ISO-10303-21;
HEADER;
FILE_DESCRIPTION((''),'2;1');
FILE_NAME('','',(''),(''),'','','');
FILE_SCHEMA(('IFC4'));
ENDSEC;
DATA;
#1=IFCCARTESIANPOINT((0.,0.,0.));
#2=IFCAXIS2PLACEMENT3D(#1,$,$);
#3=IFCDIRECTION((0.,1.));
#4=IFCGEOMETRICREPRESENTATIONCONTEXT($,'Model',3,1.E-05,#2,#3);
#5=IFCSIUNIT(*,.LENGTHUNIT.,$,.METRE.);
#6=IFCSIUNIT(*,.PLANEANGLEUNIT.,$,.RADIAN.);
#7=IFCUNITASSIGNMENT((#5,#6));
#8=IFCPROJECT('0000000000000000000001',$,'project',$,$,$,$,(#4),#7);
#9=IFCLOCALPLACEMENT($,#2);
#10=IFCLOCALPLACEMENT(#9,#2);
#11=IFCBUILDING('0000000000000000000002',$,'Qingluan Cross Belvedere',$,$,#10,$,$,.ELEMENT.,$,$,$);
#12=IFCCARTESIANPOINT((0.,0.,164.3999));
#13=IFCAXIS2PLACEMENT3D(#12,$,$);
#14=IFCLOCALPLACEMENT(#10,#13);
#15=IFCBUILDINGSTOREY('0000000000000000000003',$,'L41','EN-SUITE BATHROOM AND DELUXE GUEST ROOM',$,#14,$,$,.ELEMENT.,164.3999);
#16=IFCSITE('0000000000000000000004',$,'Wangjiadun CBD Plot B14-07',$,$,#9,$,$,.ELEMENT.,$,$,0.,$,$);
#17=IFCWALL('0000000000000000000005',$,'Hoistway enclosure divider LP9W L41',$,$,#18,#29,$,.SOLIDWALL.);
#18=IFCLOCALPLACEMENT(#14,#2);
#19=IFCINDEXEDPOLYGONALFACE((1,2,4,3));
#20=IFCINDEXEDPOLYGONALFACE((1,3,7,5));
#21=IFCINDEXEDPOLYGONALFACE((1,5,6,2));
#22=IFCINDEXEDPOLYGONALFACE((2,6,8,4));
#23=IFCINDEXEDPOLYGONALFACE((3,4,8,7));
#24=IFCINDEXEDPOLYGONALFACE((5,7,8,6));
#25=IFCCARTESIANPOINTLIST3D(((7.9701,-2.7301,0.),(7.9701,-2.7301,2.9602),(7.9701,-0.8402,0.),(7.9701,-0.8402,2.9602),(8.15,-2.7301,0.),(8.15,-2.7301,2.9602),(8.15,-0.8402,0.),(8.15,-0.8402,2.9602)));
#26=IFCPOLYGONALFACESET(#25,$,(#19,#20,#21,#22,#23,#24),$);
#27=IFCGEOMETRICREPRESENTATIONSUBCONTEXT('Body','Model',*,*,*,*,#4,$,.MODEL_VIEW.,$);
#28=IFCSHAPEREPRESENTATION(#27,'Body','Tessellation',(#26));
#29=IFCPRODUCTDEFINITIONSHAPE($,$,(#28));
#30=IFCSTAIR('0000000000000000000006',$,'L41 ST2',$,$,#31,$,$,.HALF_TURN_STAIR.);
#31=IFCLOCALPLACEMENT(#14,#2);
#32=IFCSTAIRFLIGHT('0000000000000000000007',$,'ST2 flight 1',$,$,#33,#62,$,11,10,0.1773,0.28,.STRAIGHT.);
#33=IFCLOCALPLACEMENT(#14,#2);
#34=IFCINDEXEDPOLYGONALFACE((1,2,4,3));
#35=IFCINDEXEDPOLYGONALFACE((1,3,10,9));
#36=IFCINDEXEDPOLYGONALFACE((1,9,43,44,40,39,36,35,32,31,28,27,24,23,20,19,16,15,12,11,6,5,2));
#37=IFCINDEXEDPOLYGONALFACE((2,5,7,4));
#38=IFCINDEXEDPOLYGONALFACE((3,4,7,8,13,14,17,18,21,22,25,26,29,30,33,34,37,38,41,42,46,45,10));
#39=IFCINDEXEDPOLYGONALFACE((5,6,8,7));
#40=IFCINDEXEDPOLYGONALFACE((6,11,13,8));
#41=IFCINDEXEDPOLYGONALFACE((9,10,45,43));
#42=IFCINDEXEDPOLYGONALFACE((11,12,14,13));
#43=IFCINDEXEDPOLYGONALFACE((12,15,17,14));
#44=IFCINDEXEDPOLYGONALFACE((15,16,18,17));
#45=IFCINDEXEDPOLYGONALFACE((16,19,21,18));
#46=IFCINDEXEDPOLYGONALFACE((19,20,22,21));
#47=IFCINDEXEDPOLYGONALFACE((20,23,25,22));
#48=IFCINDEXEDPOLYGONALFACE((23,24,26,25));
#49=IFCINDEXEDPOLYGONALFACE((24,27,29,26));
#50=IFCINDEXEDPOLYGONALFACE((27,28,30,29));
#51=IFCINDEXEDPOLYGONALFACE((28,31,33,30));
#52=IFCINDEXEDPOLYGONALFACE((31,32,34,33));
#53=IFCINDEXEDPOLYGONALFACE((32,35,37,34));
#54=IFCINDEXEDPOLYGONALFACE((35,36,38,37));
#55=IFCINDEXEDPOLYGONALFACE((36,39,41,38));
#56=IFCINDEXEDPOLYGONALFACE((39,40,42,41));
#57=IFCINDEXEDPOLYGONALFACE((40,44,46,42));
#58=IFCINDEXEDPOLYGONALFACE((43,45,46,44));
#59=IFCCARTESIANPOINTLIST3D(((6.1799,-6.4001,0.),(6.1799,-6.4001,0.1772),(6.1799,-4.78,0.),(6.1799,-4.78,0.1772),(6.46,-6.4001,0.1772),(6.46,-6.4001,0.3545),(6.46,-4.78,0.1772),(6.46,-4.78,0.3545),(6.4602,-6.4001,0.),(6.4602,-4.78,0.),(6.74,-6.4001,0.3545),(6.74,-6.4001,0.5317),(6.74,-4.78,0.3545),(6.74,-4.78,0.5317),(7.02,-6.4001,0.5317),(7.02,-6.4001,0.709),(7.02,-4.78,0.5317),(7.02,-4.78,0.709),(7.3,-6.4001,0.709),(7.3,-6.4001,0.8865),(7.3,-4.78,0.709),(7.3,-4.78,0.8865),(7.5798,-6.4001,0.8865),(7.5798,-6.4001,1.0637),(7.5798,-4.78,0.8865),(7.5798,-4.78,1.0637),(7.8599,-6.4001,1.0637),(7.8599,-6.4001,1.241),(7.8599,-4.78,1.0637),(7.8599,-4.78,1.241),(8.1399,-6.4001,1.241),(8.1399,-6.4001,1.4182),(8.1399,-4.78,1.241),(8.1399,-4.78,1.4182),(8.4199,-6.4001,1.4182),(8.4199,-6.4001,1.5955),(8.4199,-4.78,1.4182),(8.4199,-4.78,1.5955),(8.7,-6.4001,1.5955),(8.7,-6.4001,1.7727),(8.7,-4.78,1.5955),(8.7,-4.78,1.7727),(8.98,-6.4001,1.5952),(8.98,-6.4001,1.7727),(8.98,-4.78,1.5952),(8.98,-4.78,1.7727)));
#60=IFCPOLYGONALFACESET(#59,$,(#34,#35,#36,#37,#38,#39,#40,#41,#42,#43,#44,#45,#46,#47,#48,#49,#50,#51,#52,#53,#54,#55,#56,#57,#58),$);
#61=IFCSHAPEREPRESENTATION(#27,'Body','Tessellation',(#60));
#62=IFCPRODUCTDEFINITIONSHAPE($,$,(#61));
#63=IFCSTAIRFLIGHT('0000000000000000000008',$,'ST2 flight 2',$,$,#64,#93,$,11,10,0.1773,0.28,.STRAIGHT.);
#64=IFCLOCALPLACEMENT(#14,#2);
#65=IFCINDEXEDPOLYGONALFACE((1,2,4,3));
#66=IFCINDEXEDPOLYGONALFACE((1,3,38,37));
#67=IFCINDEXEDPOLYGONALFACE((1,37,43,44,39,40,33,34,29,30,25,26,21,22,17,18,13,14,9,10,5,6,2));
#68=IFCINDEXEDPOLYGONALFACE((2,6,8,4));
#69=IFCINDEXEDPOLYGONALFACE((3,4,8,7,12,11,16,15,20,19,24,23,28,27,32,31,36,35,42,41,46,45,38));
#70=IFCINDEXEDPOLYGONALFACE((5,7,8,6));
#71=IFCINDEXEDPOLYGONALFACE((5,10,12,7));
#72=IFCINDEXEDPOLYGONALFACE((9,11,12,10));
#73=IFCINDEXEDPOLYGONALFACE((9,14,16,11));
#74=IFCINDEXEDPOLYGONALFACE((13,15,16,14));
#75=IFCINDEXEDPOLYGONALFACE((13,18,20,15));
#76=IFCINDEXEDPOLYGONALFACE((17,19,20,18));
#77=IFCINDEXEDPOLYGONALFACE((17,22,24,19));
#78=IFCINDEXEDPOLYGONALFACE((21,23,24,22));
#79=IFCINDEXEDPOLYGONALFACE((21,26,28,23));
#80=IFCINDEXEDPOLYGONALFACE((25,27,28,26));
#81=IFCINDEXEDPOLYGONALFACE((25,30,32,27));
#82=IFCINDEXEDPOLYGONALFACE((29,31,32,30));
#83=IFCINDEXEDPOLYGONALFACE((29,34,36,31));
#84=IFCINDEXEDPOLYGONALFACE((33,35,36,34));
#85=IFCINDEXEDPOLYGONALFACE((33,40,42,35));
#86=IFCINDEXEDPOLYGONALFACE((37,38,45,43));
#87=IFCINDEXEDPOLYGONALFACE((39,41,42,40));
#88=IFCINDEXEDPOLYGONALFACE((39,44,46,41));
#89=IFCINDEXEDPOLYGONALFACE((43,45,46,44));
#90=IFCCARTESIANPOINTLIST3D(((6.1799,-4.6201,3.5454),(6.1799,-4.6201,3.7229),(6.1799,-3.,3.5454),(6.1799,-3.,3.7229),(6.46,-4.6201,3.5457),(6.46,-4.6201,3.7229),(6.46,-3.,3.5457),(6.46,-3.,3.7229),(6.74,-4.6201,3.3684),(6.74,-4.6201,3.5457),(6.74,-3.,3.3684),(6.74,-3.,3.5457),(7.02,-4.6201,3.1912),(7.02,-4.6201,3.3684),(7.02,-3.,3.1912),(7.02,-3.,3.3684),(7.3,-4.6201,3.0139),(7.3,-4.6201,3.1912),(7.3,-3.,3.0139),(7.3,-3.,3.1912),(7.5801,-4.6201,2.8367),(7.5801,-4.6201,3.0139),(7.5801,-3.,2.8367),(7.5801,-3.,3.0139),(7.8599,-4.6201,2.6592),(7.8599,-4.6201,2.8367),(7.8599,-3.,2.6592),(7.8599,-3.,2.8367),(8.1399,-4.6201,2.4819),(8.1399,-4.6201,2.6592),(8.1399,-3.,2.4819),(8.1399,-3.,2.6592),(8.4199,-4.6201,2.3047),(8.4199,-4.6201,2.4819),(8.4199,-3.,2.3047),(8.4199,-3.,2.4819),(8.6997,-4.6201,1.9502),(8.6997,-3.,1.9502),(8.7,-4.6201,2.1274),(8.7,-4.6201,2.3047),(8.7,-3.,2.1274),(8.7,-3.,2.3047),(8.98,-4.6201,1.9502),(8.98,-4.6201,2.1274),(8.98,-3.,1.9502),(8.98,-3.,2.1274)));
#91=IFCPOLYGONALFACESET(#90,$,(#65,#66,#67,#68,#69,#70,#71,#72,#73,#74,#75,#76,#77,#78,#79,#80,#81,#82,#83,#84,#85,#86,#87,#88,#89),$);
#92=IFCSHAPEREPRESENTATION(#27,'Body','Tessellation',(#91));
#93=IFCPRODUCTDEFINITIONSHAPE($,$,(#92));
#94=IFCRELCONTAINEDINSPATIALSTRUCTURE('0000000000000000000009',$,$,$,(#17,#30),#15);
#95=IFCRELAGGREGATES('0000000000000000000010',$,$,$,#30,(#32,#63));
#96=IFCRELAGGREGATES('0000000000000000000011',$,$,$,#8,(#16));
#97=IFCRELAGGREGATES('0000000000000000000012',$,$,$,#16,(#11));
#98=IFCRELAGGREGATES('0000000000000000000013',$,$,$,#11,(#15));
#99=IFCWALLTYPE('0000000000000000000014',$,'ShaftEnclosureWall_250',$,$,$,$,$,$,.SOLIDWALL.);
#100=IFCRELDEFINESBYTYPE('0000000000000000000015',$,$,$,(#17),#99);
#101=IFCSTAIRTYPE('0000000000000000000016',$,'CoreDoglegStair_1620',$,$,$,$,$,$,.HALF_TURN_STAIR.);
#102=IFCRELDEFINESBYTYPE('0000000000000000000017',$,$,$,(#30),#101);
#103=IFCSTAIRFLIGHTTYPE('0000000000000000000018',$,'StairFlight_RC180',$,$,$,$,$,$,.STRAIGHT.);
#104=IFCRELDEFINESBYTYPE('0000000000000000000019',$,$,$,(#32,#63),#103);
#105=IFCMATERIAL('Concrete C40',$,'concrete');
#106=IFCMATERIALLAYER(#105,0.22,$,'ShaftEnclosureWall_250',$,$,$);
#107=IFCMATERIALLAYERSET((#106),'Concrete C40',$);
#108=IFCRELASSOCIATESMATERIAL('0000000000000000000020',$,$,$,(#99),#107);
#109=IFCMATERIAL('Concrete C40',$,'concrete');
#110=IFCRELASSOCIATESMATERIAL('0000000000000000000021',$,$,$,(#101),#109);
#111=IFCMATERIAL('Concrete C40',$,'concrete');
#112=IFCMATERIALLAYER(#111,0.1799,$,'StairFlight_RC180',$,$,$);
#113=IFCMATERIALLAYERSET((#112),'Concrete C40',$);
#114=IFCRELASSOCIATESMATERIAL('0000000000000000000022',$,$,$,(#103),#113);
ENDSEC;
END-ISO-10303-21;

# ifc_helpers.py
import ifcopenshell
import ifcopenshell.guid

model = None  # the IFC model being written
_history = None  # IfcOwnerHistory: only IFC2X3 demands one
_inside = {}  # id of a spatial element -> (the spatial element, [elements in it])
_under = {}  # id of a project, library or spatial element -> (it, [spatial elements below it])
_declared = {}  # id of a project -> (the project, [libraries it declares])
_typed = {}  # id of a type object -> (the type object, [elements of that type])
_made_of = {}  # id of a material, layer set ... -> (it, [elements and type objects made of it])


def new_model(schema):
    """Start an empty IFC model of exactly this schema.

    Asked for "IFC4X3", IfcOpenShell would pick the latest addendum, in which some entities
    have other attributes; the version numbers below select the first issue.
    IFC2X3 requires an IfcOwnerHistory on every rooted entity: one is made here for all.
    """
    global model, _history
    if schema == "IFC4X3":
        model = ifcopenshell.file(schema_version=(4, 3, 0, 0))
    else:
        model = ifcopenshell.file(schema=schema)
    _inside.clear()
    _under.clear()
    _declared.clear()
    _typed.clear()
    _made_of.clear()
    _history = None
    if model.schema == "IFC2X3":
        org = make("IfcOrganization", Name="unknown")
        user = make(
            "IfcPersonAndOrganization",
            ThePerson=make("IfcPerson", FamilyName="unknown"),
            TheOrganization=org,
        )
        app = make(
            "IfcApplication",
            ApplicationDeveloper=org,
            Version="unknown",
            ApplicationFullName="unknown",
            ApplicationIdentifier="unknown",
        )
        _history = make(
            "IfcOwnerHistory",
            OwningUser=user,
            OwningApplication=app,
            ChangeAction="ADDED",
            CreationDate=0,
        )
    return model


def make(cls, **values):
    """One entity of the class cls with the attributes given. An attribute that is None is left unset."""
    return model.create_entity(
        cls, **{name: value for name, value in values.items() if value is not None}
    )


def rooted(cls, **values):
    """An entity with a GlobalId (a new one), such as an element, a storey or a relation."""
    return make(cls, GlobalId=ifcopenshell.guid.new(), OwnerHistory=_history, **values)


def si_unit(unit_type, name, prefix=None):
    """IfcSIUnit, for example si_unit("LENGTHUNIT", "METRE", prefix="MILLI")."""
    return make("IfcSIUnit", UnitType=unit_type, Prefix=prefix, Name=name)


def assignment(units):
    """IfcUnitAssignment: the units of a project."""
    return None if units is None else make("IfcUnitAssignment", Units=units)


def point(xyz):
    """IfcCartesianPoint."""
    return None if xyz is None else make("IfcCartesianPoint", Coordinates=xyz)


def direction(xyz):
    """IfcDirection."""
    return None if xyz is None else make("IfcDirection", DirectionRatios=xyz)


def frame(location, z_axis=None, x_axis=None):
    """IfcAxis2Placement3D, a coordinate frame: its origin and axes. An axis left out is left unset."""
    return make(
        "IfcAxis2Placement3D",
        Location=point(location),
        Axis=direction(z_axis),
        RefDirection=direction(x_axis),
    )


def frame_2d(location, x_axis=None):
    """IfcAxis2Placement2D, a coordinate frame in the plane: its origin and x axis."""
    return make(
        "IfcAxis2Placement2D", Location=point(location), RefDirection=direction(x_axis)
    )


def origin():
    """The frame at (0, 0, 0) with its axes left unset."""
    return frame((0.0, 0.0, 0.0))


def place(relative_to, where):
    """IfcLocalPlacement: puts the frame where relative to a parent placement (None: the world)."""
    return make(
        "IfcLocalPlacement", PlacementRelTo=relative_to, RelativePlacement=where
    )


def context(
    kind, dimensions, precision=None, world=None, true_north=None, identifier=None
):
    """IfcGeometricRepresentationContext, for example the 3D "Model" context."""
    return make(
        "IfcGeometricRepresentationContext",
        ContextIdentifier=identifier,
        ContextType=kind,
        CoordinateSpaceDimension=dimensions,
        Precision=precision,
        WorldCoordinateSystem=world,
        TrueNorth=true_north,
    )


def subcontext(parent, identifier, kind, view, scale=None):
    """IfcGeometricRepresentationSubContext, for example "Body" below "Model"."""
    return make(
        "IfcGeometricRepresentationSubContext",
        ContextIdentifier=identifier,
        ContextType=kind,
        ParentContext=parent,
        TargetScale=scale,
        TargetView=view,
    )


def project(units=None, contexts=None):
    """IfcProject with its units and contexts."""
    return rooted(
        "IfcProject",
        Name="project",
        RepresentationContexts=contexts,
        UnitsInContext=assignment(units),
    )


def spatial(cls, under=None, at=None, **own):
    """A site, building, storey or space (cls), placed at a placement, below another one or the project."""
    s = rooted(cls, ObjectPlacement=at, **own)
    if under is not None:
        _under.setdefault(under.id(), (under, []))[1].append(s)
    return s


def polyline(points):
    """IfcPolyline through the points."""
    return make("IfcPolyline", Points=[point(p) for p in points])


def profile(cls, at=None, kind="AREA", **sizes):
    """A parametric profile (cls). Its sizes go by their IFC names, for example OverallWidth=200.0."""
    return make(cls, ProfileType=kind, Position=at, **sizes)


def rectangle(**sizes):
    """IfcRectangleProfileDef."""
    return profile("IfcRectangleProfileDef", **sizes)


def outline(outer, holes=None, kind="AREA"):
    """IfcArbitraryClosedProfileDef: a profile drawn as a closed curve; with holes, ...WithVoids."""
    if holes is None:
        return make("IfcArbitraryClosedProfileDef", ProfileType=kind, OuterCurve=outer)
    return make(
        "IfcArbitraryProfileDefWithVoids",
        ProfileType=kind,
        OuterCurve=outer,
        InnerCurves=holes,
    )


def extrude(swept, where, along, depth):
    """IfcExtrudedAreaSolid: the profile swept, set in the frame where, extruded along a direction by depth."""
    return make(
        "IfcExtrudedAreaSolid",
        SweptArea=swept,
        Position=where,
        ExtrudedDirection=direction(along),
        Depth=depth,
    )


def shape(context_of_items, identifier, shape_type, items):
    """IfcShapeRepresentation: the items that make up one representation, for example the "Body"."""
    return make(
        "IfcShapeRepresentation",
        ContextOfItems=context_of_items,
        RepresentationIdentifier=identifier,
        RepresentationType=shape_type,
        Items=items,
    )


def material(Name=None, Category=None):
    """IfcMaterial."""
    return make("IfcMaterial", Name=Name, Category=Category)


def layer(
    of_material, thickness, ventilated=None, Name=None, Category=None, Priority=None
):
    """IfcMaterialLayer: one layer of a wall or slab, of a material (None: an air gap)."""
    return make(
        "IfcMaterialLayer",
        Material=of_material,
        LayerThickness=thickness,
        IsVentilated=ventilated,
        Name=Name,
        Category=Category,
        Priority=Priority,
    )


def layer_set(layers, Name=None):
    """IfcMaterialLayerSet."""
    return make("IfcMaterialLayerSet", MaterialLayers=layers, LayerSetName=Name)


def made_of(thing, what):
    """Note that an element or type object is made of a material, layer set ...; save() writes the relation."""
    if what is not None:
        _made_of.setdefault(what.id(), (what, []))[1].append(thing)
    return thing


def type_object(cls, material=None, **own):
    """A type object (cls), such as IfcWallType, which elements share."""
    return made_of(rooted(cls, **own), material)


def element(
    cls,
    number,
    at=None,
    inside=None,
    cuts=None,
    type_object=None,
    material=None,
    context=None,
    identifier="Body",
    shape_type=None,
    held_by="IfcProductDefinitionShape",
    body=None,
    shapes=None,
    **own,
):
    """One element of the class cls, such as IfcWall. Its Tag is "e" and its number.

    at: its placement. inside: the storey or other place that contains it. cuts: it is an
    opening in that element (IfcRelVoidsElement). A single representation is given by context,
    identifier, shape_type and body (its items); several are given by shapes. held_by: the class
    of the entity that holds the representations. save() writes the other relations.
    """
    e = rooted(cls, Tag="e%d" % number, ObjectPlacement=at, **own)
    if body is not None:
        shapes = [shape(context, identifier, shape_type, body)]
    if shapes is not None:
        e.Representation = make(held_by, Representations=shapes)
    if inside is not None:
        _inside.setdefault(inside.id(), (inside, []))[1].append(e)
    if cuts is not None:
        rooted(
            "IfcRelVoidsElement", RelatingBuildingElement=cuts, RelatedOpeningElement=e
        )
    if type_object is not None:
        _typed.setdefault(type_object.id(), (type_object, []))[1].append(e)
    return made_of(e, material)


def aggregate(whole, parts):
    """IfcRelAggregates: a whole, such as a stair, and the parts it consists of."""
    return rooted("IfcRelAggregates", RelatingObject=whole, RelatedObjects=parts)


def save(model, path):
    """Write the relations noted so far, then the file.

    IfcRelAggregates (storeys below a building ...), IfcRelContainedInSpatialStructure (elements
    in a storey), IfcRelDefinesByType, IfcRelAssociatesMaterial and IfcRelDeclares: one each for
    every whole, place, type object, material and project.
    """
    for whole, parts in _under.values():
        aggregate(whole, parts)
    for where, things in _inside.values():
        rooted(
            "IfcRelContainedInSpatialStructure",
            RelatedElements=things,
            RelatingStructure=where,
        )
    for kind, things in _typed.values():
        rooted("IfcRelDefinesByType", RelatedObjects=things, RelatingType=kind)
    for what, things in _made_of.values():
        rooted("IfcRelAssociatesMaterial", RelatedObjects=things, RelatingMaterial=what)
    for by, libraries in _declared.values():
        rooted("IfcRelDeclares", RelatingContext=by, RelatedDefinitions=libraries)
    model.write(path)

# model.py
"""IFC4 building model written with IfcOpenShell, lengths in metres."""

from ifc_helpers import new_model, si_unit, direction, frame, frame_2d, origin, place, context, subcontext, project, spatial, polyline, rectangle, outline, extrude, material, layer, layer_set, type_object, element, aggregate, save


model = new_model("IFC4")

# Units and contexts
model_context = context("Model", 3, precision=1e-05, world=origin(), true_north=direction((0.0, 1.0)))
body_context = subcontext(model_context, "Body", "Model", "MODEL_VIEW")
ifc_project = project(units=[si_unit("LENGTHUNIT", "METRE"), si_unit("PLANEANGLEUNIT", "RADIAN")], contexts=[model_context])

# Site, building, storey
site_placement = place(None, origin())
site = spatial("IfcSite", under=ifc_project, at=site_placement, Name="Wangjiadun CBD Plot B14-07", CompositionType="ELEMENT", RefElevation=0.0)
building_placement = place(site_placement, origin())
building = spatial("IfcBuilding", under=site, at=building_placement, Name="Qingluan Cross Belvedere", CompositionType="ELEMENT")
storey_placement = place(building_placement, frame((0.0, 0.0, 164.3999)))
storey = spatial("IfcBuildingStorey", under=building, at=storey_placement, Name="L41", Description="EN-SUITE BATHROOM AND DELUXE GUEST ROOM", CompositionType="ELEMENT", Elevation=164.3999)

# Shared definitions
ifc_material_1 = material(Name="Concrete C40", Category="concrete")
ifc_layer_1 = layer(ifc_material_1, 0.22, Name="ShaftEnclosureWall_250")
ifc_layer_set_1 = layer_set([ifc_layer_1], Name="Concrete C40")
wall_type_1 = type_object("IfcWallType", Name="ShaftEnclosureWall_250", PredefinedType="SOLIDWALL", material=ifc_layer_set_1)

# Wall
for number, where, z_axis, x_axis, name in (
    (1, (8.0601, -2.73, 0.0), (0.0, 0.0, 1.0), (0.0, 1.0, 0.0), "Hoistway enclosure divider LP9W L41"),
):
    element("IfcWall", number, at=place(storey_placement, frame(where, z_axis=z_axis, x_axis=x_axis)), inside=storey, type_object=wall_type_1, Name=name, PredefinedType="SOLIDWALL", context=body_context, shape_type="SweptSolid", body=[
        extrude(rectangle(XDim=1.8899, YDim=0.1799, at=frame_2d((0.9448, 0.0))), origin(), (0.0, 0.0, 1.0), 2.9602),
    ])

# Stair, stair flights
ifc_material_2 = material(Name="Concrete C40", Category="concrete")
stair_type = type_object("IfcStairType", Name="CoreDoglegStair_1620", PredefinedType="HALF_TURN_STAIR", material=ifc_material_2)
stair_placement = place(storey_placement, origin())
stair = element("IfcStair", 2, at=stair_placement, inside=storey, type_object=stair_type, Name="L41 ST2", PredefinedType="HALF_TURN_STAIR")
ifc_material_3 = material(Name="Concrete C40", Category="concrete")
ifc_layer_2 = layer(ifc_material_3, 0.1799, Name="StairFlight_RC180")
ifc_layer_set_2 = layer_set([ifc_layer_2], Name="Concrete C40")
stair_flight_type = type_object("IfcStairFlightType", Name="StairFlight_RC180", PredefinedType="STRAIGHT", material=ifc_layer_set_2)
stair_flight_1_placement = place(storey_placement, frame((6.1799, -5.5901, 0.0), z_axis=(0.0, 0.0, 1.0), x_axis=(1.0, 0.0, 0.0)))
stair_flight_1 = element("IfcStairFlight", 3, at=stair_flight_1_placement, type_object=stair_flight_type, Name="ST2 flight 1", NumberOfRisers=11, NumberOfTreads=10, PredefinedType="STRAIGHT", RiserHeight=0.1773, TreadLength=0.28, context=body_context, shape_type="SweptSolid", body=[
    extrude(outline(polyline([(0.0, 0.0), (0.0, 0.1772), (0.28, 0.1772), (0.28, 0.3545), (0.5601, 0.3545), (0.5601, 0.5317), (0.8401, 0.5317), (0.8401, 0.709), (1.1201, 0.709), (1.1201, 0.8865), (1.3999, 0.8865), (1.3999, 1.0637), (1.6799, 1.0637), (1.6799, 1.241), (1.96, 1.241), (1.96, 1.4182), (2.24, 1.4182), (2.24, 1.5955), (2.52, 1.5955), (2.52, 1.7727), (2.8, 1.7727), (2.8, 1.95), (2.8, 1.5952), (0.2803, 0.0), (0.0, 0.0)])), frame((0.0, 0.8101, 0.0), z_axis=(0.0, -1.0, 0.0), x_axis=(1.0, 0.0, 0.0)), (0.0, 0.0, 1.0), 1.6201),
])
stair_flight_2_placement = place(storey_placement, frame((8.98, -3.8101, 1.9502), z_axis=(0.0, 0.0, 1.0), x_axis=(-1.0, 0.0, 0.0)))
stair_flight_2 = element("IfcStairFlight", 4, at=stair_flight_2_placement, type_object=stair_flight_type, Name="ST2 flight 2", NumberOfRisers=11, NumberOfTreads=10, PredefinedType="STRAIGHT", RiserHeight=0.1773, TreadLength=0.28, context=body_context, shape_type="SweptSolid", body=[
    extrude(outline(polyline([(0.0, 0.0), (0.0, 0.1772), (0.28, 0.1772), (0.28, 0.3545), (0.5601, 0.3545), (0.5601, 0.5317), (0.8401, 0.5317), (0.8401, 0.709), (1.1201, 0.709), (1.1201, 0.8865), (1.3999, 0.8865), (1.3999, 1.0637), (1.6799, 1.0637), (1.6799, 1.241), (1.96, 1.241), (1.96, 1.4182), (2.24, 1.4182), (2.24, 1.5955), (2.52, 1.5955), (2.52, 1.7727), (2.8, 1.7727), (2.8, 1.95), (2.8, 1.5952), (0.2803, 0.0), (0.0, 0.0)])), frame((0.0, 0.8101, 0.0), z_axis=(0.0, -1.0, 0.0), x_axis=(1.0, 0.0, 0.0)), (0.0, 0.0, 1.0), 1.6201),
])
aggregate(stair, [stair_flight_1, stair_flight_2])

save(model, "model.ifc")
